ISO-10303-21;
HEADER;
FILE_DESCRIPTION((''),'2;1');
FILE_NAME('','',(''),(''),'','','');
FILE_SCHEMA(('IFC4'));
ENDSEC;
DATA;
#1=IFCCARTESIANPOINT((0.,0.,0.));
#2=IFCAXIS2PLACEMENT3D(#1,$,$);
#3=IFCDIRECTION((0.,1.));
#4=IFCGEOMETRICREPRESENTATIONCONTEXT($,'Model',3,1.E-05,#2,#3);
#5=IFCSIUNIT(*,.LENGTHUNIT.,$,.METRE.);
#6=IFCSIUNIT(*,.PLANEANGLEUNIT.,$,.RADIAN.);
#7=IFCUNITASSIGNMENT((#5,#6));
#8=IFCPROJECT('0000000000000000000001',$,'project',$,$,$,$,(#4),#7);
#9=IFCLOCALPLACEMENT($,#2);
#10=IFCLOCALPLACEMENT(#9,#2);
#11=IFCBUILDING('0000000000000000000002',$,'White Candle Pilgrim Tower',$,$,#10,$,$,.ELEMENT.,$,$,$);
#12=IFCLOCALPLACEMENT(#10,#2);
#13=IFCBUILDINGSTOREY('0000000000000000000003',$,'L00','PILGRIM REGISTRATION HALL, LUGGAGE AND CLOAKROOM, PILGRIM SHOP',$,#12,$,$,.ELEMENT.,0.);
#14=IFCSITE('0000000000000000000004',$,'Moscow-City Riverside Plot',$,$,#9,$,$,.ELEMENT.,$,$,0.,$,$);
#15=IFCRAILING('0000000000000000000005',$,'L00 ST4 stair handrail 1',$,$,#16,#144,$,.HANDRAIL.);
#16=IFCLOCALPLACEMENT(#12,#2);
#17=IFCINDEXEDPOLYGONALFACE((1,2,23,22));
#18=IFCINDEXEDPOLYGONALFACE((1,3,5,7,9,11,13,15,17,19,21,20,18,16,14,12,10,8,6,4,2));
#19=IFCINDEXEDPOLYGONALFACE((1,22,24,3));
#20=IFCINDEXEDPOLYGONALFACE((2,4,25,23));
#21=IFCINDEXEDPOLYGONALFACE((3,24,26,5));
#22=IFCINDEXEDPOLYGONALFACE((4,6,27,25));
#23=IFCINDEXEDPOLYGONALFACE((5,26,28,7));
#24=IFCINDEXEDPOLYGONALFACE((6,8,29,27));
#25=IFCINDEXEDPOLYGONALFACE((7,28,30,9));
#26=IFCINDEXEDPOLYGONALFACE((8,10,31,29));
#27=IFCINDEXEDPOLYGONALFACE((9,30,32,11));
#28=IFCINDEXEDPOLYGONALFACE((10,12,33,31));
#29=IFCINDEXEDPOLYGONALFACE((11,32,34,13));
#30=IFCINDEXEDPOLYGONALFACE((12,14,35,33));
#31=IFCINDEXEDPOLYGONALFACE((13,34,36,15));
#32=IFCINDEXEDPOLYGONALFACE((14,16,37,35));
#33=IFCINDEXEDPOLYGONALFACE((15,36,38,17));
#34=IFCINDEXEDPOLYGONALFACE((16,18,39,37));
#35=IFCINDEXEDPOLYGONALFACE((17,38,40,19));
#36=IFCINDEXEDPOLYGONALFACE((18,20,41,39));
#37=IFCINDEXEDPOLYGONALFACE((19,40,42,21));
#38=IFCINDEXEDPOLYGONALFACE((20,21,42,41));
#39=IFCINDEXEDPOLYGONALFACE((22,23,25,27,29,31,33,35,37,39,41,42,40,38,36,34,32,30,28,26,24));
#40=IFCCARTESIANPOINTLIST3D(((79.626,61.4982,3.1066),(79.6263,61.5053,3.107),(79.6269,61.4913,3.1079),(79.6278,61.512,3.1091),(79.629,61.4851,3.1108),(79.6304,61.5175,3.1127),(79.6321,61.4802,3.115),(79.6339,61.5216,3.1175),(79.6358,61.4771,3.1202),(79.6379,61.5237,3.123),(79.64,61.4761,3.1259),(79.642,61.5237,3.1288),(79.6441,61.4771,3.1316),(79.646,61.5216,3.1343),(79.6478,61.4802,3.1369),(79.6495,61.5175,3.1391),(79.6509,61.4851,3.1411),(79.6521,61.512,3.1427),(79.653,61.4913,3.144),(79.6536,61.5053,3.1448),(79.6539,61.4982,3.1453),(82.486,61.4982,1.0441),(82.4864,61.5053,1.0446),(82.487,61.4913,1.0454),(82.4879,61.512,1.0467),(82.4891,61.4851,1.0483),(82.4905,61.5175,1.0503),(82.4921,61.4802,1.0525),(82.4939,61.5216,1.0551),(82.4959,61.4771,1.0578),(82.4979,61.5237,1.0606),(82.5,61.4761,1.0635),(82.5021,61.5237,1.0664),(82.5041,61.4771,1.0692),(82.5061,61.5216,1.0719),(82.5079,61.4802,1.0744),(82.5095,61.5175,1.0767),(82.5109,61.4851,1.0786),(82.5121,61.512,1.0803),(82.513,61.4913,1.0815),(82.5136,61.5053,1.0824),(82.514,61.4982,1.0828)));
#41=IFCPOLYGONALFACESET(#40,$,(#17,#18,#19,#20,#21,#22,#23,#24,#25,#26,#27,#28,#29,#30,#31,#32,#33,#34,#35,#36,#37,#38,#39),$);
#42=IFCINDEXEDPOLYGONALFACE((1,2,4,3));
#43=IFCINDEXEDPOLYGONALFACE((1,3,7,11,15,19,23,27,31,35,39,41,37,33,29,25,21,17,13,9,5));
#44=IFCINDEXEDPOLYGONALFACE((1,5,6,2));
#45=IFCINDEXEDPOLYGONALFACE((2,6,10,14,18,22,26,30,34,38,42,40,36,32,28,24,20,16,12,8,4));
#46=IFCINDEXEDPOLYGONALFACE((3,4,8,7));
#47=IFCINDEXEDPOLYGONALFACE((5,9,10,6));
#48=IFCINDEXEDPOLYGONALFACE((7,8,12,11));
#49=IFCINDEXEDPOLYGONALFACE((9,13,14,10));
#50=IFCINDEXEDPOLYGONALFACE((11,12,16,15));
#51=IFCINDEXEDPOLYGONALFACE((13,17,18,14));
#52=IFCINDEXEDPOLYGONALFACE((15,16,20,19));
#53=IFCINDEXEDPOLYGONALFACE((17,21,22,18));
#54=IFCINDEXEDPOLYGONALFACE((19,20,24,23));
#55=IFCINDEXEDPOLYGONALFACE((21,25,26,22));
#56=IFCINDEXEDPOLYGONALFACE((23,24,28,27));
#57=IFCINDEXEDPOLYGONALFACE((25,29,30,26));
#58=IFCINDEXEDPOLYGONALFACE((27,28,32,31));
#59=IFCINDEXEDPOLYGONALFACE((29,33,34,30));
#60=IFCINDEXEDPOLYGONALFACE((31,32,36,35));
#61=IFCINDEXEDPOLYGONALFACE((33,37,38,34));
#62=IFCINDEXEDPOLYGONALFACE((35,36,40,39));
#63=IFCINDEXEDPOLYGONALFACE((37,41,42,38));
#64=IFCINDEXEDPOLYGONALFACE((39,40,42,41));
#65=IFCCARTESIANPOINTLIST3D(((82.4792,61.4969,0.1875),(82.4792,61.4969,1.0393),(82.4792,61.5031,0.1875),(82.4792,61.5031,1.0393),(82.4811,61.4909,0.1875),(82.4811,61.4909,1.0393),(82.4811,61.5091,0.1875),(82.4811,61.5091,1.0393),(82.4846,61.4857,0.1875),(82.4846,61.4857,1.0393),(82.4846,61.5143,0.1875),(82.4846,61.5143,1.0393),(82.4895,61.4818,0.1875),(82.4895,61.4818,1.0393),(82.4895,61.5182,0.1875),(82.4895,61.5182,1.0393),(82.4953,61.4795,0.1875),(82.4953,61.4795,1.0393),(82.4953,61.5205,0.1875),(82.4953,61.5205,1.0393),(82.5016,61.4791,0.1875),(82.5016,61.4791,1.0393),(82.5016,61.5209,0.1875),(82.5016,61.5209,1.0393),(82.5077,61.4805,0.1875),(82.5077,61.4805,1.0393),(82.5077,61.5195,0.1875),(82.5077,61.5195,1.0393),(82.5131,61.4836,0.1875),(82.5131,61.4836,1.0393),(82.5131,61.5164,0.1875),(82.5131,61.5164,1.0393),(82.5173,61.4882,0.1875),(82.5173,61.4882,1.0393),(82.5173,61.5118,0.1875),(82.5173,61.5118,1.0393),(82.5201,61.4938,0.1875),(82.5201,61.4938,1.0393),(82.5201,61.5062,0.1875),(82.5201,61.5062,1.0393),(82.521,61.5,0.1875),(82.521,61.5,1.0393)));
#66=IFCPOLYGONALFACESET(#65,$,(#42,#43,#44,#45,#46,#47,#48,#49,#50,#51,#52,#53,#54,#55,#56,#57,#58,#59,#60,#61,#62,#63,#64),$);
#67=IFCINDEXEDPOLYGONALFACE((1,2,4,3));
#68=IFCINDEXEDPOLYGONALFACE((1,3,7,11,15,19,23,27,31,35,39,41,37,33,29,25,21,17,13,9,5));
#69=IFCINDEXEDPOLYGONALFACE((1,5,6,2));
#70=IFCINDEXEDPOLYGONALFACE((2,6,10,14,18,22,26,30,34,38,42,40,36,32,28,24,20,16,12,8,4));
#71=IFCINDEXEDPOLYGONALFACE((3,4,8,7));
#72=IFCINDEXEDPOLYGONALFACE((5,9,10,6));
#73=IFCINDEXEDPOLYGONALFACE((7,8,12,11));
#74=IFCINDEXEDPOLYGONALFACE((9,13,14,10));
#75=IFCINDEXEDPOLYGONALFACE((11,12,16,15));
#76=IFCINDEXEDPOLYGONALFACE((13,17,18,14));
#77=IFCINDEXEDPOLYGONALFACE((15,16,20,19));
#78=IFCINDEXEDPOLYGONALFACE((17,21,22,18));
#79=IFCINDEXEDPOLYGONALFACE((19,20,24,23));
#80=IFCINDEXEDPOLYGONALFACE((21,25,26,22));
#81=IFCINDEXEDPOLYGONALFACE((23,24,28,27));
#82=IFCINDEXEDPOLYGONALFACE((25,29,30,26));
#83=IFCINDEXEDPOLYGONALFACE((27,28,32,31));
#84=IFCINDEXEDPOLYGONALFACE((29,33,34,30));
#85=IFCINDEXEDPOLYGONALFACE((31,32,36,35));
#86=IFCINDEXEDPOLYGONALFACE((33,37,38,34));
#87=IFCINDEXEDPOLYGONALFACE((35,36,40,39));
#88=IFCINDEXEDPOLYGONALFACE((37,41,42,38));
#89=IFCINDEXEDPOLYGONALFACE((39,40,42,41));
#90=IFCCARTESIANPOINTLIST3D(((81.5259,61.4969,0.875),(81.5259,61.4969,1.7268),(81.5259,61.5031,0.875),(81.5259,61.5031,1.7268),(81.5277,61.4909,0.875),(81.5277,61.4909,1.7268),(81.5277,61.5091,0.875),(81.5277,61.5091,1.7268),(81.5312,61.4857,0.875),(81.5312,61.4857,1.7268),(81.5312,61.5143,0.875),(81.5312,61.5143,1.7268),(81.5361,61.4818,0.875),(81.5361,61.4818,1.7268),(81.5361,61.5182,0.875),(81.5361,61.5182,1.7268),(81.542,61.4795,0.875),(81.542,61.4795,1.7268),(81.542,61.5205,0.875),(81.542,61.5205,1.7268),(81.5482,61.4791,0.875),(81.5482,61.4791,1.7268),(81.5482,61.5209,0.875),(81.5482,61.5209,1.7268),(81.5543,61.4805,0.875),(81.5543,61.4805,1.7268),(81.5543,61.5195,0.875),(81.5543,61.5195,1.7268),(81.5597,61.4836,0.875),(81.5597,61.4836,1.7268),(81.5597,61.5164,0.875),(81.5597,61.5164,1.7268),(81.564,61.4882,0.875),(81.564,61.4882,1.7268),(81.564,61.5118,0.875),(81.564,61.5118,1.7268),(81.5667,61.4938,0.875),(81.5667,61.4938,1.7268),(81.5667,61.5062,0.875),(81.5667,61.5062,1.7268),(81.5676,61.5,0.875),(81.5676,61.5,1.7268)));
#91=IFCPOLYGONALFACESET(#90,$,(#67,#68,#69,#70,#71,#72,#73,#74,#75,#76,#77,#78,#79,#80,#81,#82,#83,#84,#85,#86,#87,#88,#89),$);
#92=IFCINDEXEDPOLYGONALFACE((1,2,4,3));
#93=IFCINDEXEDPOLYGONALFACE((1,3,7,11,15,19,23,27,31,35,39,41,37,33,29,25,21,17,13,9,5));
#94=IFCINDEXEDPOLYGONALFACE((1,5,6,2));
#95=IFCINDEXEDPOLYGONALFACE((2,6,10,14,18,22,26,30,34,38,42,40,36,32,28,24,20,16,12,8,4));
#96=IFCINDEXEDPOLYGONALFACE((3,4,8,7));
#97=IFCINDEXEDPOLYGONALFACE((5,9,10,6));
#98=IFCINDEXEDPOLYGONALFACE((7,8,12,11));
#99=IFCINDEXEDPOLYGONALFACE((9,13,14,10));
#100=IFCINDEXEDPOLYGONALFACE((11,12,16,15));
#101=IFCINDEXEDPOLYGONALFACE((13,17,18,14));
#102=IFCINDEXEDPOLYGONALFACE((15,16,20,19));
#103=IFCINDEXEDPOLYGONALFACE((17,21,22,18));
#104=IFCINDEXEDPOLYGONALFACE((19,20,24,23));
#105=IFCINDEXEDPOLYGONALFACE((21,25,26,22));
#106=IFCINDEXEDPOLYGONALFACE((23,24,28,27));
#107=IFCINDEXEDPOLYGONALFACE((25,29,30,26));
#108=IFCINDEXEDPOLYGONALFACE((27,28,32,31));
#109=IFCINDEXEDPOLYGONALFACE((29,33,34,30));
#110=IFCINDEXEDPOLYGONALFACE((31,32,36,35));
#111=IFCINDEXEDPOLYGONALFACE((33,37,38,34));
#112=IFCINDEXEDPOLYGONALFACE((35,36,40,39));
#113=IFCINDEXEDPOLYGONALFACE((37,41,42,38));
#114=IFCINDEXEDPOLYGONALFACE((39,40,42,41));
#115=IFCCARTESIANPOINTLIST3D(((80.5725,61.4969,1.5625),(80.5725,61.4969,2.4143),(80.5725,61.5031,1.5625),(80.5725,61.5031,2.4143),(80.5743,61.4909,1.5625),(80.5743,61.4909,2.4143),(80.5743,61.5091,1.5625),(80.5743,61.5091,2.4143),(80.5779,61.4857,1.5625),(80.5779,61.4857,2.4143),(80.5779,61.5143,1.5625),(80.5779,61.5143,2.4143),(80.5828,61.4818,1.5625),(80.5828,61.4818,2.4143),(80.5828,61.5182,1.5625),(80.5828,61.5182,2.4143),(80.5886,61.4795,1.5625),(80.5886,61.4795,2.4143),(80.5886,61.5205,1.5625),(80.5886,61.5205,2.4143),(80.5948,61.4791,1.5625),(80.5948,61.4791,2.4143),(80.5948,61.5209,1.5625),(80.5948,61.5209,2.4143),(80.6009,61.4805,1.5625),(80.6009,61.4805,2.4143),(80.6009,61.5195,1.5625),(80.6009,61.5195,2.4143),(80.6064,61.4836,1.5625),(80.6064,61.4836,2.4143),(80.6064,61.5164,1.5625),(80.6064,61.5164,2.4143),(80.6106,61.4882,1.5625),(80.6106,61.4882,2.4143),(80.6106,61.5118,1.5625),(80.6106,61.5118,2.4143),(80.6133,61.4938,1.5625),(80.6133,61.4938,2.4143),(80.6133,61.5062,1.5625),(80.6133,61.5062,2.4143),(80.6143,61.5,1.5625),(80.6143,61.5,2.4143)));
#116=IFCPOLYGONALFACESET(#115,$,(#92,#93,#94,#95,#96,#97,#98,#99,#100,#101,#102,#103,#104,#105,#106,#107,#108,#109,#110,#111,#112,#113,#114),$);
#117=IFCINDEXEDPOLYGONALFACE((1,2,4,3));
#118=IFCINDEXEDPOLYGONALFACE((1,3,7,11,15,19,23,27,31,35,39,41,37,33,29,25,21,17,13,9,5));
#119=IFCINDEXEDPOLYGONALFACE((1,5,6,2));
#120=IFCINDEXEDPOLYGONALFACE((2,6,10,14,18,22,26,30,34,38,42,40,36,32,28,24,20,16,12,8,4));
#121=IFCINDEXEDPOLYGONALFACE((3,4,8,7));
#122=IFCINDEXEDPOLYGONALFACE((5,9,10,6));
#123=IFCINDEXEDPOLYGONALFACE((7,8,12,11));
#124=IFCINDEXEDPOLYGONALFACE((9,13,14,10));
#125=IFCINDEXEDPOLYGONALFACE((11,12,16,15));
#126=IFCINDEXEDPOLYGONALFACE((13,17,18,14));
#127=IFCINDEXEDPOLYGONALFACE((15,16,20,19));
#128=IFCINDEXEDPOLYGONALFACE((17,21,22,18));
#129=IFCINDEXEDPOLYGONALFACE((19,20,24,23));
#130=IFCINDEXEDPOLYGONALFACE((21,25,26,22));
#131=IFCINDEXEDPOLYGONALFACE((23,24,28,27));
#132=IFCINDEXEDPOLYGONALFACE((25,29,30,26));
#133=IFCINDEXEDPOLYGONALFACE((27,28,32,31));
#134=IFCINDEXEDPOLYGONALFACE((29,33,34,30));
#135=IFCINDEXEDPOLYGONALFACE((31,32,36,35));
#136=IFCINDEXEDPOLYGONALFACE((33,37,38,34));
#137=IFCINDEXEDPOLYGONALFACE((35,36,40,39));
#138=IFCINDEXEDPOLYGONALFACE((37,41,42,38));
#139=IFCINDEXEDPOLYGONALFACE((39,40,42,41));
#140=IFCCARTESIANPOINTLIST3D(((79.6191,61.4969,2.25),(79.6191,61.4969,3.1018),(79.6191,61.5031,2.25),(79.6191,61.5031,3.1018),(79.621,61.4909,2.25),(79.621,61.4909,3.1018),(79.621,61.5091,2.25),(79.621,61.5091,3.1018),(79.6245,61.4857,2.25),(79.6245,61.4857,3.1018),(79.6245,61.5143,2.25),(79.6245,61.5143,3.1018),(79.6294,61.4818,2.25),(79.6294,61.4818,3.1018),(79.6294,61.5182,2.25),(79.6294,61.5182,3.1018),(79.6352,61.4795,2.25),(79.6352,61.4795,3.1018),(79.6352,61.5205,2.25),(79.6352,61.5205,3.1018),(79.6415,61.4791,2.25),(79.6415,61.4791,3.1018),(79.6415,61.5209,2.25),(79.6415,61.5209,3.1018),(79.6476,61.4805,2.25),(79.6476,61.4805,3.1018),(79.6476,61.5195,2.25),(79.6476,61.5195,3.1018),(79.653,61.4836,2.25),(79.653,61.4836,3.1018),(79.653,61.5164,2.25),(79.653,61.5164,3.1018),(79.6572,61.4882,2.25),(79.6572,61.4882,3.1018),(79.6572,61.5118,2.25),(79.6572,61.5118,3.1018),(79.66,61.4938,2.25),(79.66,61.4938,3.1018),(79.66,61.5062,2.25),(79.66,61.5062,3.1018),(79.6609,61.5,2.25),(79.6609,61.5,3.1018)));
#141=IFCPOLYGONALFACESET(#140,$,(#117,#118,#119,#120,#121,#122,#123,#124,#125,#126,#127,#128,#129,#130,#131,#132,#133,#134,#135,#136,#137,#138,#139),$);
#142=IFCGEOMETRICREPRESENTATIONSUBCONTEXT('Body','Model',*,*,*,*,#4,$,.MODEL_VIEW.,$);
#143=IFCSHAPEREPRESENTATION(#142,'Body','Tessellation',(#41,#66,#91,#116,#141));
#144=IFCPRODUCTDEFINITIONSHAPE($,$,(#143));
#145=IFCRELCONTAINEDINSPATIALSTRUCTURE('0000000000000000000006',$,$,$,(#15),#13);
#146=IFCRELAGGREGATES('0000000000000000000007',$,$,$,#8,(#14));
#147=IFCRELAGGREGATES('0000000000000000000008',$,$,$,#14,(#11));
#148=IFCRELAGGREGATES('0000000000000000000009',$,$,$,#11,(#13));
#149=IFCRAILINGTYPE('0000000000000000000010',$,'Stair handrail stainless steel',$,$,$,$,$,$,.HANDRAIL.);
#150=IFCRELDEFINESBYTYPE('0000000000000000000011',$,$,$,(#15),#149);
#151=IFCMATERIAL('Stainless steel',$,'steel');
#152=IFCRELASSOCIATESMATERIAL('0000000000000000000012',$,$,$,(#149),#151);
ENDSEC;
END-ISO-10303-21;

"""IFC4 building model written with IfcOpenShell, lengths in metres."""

from ifc_helpers import new_model, si_unit, direction, frame, origin, origin_2d, place, context, subcontext, project, spatial, circle, extrude, material, type_object, element, save


model = new_model("IFC4")

# Units and contexts
model_context = context("Model", 3, precision=1e-05, world=origin(), true_north=direction((0.0, 1.0)))
body_context = subcontext(model_context, "Body", "Model", "MODEL_VIEW")
ifc_project = project(units=[si_unit("LENGTHUNIT", "METRE"), si_unit("PLANEANGLEUNIT", "RADIAN")], contexts=[model_context])

# Site, building, storey
site_placement = place(None, origin())
site = spatial("IfcSite", under=ifc_project, at=site_placement, Name="Moscow-City Riverside Plot", CompositionType="ELEMENT", RefElevation=0.0)
building_placement = place(site_placement, origin())
building = spatial("IfcBuilding", under=site, at=building_placement, Name="White Candle Pilgrim Tower", CompositionType="ELEMENT")
storey_placement = place(building_placement, origin())
storey = spatial("IfcBuildingStorey", under=building, at=storey_placement, Name="L00", Description="PILGRIM REGISTRATION HALL, LUGGAGE AND CLOAKROOM, PILGRIM SHOP", CompositionType="ELEMENT", Elevation=0.0)

# Railing
ifc_material_1 = material(Name="Stainless steel", Category="steel")
railing_type_1 = type_object("IfcRailingType", Name="Stair handrail stainless steel", PredefinedType="HANDRAIL", material=ifc_material_1)
for number, where, name in (
    (1, (82.5, 61.5, 0.1875), "L00 ST4 stair handrail 1"),
):
    element("IfcRailing", number, at=place(storey_placement, frame(where)), inside=storey, type_object=railing_type_1, Name=name, PredefinedType="HANDRAIL", context=body_context, shape_type="SweptSolid", body=[
        extrude(circle(Radius=0.0239, at=origin_2d()), frame((0.0, 0.0, 0.876), z_axis=(-0.811101, 0.0, 0.584906), x_axis=(0.0, -1.0, 0.0)), (0.0, 0.0, 1.0), 3.5261),
        extrude(circle(Radius=0.021, at=origin_2d()), origin(), (0.0, 0.0, 1.0), 0.8518),
        extrude(circle(Radius=0.021, at=origin_2d()), frame((-0.9534, 0.0, 0.6875)), (0.0, 0.0, 1.0), 0.8518),
        extrude(circle(Radius=0.021, at=origin_2d()), frame((-1.9067, 0.0, 1.375)), (0.0, 0.0, 1.0), 0.8518),
        extrude(circle(Radius=0.021, at=origin_2d()), frame((-2.8601, 0.0, 2.0625)), (0.0, 0.0, 1.0), 0.8518),
    ])

save(model, "model.ifc")
